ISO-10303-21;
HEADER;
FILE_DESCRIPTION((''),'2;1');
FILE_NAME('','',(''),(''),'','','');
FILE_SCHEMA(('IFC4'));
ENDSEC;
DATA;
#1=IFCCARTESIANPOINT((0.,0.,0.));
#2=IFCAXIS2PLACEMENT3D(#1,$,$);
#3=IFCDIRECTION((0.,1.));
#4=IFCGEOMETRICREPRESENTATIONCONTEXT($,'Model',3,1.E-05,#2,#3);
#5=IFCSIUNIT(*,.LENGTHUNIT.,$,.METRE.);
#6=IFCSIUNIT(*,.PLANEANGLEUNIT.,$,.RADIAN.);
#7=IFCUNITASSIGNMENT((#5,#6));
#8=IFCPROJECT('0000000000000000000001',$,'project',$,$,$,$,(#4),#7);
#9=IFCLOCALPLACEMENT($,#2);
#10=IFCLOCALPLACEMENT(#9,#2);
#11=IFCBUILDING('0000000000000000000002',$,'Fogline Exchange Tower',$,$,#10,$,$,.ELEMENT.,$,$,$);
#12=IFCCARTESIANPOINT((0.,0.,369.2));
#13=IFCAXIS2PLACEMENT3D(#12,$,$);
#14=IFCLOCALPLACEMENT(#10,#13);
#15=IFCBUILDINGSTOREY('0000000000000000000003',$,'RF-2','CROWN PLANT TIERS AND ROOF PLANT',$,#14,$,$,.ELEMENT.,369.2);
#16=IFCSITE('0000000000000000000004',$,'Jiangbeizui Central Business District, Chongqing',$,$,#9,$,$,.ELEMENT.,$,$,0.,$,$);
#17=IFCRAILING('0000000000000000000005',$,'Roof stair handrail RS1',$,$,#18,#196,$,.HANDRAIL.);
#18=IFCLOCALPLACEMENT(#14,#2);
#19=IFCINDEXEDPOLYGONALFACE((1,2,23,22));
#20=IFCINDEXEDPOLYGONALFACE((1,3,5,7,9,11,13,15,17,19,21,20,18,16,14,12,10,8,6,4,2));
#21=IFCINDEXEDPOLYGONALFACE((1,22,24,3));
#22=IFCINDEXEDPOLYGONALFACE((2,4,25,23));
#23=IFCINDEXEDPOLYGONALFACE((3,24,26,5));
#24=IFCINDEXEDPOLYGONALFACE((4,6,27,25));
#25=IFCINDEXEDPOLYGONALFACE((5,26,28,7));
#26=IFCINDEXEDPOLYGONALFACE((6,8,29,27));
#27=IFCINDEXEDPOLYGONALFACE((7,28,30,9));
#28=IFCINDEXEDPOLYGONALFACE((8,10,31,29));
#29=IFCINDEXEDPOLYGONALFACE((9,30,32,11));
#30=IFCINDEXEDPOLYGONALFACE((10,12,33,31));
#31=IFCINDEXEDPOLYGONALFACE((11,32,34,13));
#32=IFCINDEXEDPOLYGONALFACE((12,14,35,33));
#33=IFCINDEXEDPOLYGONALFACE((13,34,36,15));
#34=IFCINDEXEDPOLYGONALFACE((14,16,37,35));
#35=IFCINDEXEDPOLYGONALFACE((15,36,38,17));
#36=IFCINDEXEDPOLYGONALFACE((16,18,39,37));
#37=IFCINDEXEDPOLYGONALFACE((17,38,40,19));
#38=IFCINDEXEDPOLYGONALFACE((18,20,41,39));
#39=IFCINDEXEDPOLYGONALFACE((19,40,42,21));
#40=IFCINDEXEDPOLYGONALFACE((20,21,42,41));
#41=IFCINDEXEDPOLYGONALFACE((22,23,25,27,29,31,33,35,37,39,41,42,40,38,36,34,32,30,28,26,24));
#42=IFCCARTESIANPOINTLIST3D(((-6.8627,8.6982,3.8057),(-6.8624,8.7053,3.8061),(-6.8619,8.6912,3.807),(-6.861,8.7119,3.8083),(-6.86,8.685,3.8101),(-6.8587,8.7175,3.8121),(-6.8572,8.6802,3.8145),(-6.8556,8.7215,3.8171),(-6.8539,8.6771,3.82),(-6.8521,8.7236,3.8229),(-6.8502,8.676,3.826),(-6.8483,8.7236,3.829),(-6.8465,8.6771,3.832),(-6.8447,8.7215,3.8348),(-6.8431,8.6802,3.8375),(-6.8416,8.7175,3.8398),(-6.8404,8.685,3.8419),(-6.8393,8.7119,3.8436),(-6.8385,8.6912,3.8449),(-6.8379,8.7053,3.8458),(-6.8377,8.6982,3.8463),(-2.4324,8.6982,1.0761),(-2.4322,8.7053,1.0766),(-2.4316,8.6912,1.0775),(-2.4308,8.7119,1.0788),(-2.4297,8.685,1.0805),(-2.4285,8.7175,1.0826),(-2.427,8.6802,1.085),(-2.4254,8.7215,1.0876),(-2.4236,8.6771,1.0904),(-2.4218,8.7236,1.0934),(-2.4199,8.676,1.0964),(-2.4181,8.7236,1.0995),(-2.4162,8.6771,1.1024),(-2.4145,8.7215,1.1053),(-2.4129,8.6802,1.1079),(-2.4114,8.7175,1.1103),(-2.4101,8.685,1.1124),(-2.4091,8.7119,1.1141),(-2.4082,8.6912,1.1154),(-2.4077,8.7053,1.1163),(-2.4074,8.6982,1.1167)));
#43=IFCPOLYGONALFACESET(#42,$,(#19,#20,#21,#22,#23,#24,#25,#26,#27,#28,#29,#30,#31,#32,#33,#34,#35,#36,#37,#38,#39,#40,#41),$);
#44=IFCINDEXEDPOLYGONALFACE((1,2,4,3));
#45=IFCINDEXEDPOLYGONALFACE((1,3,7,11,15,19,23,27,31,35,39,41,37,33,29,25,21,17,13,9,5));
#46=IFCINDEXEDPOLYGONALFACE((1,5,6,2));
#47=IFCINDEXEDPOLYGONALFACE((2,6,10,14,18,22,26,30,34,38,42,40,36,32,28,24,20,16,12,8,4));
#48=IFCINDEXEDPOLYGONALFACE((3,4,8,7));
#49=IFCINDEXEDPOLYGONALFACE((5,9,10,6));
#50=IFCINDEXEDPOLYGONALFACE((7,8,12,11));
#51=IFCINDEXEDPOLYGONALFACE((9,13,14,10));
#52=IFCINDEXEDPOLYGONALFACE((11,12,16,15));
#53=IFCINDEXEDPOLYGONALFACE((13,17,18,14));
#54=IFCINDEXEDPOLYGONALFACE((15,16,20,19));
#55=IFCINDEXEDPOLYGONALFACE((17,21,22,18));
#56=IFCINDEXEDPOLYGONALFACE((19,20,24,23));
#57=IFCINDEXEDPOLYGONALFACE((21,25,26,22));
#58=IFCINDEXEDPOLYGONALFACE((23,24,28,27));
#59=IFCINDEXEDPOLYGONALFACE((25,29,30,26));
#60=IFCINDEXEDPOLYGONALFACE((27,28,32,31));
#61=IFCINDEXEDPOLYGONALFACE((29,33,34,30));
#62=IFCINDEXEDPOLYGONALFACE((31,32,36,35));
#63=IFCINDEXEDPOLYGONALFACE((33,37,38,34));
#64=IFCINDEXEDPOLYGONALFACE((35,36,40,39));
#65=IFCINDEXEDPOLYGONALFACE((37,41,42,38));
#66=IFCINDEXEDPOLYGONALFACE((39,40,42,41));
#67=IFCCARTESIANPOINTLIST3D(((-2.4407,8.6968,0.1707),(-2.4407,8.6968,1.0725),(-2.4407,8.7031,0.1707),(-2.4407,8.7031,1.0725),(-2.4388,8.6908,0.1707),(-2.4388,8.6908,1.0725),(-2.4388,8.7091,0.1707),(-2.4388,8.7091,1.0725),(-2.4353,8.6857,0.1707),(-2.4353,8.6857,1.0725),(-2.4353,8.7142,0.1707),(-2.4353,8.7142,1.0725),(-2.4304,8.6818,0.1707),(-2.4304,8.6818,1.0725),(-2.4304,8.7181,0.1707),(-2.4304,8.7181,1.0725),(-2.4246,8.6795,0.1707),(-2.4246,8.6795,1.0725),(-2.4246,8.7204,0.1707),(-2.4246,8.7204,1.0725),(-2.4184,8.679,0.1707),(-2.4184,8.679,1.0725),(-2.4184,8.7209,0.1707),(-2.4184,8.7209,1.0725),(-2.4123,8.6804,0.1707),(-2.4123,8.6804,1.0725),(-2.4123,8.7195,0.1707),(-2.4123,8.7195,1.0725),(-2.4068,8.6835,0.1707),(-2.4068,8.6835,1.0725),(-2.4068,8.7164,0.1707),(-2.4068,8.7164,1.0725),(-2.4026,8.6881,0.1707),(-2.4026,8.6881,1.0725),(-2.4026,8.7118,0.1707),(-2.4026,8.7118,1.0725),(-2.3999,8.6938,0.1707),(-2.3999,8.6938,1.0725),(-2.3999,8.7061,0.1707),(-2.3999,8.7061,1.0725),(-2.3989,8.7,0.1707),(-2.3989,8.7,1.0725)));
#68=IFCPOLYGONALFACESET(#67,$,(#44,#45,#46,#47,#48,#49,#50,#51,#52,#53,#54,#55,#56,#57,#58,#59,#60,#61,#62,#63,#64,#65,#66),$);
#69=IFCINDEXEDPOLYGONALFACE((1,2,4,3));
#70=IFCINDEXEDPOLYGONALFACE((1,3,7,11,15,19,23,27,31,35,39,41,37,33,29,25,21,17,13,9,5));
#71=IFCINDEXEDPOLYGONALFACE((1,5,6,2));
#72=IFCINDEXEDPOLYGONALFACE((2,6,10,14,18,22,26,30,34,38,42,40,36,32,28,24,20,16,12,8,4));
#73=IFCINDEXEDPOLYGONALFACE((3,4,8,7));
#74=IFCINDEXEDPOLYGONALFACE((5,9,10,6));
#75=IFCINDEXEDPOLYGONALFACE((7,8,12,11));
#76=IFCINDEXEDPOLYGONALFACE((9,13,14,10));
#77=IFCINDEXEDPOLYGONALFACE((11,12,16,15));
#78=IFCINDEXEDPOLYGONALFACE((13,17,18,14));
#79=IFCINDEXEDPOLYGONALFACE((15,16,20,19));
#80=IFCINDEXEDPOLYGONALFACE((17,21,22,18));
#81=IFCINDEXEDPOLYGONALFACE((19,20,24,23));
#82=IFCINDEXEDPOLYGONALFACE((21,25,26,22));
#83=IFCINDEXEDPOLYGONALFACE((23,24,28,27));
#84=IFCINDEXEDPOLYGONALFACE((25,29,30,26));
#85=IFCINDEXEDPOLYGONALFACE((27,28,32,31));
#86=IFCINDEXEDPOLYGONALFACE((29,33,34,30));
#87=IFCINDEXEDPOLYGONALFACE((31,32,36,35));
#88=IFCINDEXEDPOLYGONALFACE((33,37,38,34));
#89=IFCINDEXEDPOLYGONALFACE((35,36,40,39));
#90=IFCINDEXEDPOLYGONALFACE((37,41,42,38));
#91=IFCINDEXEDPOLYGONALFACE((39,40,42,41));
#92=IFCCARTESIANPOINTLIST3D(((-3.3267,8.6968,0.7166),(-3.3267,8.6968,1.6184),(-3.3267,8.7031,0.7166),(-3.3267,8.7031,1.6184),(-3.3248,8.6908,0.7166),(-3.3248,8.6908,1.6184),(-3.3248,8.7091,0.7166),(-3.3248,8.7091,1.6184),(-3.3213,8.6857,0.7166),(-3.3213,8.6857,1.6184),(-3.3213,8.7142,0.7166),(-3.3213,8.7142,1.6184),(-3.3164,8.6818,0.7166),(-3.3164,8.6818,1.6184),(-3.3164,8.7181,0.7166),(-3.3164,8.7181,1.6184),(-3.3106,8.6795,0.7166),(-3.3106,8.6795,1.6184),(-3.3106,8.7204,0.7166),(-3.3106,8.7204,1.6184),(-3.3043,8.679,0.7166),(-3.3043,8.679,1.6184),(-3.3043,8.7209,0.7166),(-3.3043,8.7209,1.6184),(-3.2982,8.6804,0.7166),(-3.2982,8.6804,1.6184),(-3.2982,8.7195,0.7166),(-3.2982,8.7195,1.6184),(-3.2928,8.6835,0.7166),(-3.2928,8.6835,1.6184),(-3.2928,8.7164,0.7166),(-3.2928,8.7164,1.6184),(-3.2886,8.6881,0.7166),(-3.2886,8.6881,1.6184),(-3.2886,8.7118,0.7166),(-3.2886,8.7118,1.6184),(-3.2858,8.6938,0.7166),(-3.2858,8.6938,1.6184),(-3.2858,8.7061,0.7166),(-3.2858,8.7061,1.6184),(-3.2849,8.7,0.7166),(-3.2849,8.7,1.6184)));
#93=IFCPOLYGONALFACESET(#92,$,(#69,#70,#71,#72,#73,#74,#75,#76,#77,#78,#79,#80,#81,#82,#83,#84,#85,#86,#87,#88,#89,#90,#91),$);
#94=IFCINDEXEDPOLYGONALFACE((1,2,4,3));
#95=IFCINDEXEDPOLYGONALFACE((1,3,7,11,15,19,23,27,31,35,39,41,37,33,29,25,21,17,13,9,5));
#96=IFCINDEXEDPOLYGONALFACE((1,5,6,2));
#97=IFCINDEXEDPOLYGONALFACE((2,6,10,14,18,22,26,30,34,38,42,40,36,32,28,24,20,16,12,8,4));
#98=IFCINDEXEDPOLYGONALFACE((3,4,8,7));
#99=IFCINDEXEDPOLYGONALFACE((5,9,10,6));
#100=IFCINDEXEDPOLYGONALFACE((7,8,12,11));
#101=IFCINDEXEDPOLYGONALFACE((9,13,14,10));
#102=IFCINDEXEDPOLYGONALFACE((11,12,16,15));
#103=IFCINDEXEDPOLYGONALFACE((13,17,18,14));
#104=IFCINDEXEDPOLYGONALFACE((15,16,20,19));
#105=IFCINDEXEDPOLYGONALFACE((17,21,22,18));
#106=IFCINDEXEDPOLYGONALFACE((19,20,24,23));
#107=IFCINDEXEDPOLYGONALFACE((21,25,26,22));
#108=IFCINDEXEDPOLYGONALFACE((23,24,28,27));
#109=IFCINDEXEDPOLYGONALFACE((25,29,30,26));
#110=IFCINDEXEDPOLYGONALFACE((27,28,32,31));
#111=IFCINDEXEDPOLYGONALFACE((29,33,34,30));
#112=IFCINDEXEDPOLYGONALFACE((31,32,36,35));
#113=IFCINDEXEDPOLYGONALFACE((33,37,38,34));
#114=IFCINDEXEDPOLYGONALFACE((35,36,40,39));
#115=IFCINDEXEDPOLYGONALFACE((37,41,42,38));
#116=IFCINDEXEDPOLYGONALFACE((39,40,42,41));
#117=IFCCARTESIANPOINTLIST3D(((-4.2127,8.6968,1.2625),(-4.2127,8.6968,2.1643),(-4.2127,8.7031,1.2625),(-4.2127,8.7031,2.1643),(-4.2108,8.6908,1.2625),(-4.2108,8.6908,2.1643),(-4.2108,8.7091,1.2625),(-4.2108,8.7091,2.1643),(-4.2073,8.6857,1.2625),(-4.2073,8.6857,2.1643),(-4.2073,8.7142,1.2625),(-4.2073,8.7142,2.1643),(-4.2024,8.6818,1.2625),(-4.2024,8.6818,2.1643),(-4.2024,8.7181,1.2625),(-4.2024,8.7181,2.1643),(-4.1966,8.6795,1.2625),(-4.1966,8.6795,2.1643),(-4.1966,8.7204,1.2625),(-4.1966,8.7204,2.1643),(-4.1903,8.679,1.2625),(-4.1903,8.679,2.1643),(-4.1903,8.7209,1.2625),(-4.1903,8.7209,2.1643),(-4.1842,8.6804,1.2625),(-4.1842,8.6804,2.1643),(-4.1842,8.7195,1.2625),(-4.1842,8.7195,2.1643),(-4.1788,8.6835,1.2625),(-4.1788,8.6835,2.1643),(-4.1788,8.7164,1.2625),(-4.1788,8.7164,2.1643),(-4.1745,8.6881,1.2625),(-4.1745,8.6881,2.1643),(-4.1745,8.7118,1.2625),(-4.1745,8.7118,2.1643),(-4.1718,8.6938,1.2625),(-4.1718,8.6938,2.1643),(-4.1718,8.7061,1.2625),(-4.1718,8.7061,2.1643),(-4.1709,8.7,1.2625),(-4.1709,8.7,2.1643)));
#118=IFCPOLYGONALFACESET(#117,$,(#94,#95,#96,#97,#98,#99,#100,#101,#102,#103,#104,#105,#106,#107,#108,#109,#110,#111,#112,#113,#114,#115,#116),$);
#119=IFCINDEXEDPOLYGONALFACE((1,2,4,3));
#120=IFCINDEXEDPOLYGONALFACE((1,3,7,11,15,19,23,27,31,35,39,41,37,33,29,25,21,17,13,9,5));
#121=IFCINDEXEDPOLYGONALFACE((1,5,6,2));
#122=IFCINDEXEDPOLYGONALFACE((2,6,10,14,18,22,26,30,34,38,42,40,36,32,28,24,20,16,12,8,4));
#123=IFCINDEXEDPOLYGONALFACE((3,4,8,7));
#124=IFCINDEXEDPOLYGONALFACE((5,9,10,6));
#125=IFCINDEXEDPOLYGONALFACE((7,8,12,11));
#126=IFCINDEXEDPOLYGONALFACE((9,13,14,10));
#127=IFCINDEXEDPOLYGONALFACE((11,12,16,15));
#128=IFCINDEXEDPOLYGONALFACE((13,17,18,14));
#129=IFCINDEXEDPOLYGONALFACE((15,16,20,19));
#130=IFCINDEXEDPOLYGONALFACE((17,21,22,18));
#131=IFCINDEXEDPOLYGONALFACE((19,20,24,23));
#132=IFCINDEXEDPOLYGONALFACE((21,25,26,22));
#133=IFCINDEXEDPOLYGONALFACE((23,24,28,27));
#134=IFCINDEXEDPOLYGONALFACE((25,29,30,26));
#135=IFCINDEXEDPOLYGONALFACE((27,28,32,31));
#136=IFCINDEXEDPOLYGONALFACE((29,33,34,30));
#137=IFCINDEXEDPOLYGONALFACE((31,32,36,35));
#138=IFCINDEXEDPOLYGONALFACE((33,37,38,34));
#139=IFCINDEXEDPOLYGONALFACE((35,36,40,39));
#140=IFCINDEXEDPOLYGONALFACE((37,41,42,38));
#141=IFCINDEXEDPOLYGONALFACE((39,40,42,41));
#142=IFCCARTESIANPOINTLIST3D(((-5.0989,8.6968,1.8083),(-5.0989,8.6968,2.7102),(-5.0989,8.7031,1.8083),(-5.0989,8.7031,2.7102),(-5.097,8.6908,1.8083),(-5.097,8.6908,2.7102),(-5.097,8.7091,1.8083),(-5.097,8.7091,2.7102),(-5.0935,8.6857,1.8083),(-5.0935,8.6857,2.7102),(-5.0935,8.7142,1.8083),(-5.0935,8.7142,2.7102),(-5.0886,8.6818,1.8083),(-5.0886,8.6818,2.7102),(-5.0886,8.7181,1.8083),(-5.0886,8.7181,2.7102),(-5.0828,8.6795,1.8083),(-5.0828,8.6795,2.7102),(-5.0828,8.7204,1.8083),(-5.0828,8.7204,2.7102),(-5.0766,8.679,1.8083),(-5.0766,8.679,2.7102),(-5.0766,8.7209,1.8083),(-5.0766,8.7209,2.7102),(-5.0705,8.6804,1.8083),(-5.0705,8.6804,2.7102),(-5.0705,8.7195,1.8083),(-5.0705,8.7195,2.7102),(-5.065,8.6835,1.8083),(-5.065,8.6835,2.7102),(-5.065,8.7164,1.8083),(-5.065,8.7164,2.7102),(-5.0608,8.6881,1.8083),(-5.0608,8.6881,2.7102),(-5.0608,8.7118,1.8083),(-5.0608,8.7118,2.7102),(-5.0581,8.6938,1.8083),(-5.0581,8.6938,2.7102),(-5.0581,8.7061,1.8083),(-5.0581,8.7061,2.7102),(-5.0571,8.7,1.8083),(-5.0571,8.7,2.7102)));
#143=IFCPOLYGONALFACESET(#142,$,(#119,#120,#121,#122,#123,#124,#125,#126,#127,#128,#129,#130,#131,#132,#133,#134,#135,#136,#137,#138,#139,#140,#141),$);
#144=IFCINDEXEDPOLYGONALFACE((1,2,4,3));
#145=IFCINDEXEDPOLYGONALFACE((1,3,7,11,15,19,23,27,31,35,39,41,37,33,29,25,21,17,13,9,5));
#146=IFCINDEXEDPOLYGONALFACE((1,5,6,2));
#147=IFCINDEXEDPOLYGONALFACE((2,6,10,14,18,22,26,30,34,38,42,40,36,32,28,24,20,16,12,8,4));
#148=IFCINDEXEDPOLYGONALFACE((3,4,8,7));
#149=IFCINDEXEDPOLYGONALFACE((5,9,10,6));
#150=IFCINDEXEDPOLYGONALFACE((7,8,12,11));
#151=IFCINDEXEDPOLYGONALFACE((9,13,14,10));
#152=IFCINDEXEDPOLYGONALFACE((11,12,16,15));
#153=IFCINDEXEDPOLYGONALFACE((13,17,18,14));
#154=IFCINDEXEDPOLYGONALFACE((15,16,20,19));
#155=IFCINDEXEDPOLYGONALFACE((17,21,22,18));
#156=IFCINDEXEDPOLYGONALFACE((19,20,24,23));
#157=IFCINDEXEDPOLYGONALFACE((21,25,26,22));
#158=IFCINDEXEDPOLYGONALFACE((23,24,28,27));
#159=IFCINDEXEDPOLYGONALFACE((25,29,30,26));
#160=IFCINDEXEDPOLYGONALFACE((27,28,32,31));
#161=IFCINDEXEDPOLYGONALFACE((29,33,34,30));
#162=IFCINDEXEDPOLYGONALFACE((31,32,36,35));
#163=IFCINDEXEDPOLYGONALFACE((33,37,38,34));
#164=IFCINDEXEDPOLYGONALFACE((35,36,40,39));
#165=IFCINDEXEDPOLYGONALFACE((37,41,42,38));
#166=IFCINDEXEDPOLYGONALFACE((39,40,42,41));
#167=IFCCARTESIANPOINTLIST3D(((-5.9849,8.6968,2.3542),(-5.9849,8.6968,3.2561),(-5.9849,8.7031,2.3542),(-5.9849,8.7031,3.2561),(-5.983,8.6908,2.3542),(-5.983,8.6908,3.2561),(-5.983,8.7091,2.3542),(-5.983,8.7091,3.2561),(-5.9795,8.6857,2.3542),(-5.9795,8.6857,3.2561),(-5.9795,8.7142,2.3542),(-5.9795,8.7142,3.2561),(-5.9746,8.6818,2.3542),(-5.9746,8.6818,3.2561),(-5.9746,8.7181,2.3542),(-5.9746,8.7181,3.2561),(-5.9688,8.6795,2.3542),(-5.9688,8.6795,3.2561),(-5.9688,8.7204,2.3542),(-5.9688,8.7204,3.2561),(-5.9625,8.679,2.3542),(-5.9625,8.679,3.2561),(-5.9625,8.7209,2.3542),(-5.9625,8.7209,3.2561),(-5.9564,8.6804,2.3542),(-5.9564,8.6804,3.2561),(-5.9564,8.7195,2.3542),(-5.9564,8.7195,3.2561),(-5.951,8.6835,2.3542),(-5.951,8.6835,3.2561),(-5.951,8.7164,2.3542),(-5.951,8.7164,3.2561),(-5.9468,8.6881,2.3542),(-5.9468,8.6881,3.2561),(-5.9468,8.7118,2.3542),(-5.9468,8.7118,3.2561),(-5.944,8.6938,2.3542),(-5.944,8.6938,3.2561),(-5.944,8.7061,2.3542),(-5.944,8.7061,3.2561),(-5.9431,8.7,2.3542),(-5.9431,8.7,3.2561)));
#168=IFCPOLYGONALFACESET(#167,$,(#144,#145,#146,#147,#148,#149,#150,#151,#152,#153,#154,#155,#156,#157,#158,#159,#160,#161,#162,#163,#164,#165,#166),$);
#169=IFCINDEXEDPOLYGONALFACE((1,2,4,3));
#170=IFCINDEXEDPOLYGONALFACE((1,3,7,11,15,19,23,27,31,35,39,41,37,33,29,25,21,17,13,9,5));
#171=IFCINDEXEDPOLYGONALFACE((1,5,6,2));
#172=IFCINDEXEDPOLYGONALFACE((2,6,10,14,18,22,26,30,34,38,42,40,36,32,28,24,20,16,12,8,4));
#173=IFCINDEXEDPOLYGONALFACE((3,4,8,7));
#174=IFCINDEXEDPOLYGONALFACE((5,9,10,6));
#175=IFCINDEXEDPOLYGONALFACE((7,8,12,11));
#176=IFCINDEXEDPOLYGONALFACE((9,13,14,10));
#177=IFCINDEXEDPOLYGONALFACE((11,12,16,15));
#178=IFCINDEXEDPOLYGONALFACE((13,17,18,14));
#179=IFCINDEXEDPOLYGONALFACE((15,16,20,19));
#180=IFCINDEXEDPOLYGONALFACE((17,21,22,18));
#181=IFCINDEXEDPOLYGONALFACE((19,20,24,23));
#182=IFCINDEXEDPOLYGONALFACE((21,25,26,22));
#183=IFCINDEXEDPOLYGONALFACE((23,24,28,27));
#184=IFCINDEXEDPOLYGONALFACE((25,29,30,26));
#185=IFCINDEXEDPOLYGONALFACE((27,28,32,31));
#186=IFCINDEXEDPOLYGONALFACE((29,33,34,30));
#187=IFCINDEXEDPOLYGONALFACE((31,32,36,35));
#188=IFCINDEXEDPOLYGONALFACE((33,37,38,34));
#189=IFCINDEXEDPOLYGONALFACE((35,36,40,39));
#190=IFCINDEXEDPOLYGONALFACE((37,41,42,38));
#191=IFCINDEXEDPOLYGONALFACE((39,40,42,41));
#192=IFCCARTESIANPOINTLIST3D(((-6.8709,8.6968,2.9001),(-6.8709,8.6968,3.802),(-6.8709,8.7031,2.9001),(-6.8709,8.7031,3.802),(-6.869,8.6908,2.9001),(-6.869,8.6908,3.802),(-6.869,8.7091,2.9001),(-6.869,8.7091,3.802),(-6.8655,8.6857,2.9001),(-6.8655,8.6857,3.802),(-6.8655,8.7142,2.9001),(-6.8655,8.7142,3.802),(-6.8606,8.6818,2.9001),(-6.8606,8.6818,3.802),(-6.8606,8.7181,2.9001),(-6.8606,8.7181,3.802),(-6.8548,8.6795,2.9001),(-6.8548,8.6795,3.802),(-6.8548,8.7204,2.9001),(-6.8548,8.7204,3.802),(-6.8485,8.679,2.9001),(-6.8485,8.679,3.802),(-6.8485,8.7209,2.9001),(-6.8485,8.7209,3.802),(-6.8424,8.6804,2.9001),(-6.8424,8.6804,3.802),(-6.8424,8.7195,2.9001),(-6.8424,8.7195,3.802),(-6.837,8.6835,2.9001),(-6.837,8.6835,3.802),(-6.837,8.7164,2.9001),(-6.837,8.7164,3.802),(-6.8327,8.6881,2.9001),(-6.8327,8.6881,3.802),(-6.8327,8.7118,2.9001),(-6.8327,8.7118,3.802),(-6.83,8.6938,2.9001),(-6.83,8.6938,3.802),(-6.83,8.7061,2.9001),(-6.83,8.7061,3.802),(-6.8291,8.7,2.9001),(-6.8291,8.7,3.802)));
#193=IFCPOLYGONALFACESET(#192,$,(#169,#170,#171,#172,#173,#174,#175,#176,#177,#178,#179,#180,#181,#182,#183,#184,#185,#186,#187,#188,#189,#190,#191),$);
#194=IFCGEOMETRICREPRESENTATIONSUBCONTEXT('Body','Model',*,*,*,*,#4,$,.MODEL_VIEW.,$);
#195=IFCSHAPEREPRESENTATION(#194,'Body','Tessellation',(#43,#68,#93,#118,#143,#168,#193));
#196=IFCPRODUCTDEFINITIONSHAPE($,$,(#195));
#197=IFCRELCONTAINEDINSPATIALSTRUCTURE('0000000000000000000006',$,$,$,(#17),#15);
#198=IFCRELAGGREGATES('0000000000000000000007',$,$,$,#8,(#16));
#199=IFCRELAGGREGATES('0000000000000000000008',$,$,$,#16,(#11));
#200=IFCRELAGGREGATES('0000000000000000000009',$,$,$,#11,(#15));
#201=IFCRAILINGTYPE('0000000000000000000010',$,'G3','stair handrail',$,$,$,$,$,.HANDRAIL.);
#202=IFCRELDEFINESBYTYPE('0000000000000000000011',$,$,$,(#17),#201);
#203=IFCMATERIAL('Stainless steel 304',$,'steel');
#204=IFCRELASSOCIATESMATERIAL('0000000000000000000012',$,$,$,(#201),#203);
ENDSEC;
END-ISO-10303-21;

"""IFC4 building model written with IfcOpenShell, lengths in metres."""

from ifc_helpers import new_model, si_unit, direction, frame, origin, origin_2d, place, context, subcontext, project, spatial, circle, extrude, material, type_object, element, save


model = new_model("IFC4")

# Units and contexts
model_context = context("Model", 3, precision=1e-05, world=origin(), true_north=direction((0.0, 1.0)))
body_context = subcontext(model_context, "Body", "Model", "MODEL_VIEW")
ifc_project = project(units=[si_unit("LENGTHUNIT", "METRE"), si_unit("PLANEANGLEUNIT", "RADIAN")], contexts=[model_context])

# Site, building, storey
site_placement = place(None, origin())
site = spatial("IfcSite", under=ifc_project, at=site_placement, Name="Jiangbeizui Central Business District, Chongqing", CompositionType="ELEMENT", RefElevation=0.0)
building_placement = place(site_placement, origin())
building = spatial("IfcBuilding", under=site, at=building_placement, Name="Fogline Exchange Tower", CompositionType="ELEMENT")
storey_placement = place(building_placement, frame((0.0, 0.0, 369.2)))
storey = spatial("IfcBuildingStorey", under=building, at=storey_placement, Name="RF-2", Description="CROWN PLANT TIERS AND ROOF PLANT", CompositionType="ELEMENT", Elevation=369.2)

# Railing
ifc_material_1 = material(Name="Stainless steel 304", Category="steel")
railing_type_1 = type_object("IfcRailingType", Name="G3", Description="stair handrail", PredefinedType="HANDRAIL", material=ifc_material_1)
railing_1_placement = place(storey_placement, frame((-2.4199, 8.7, 0.1707)))
element("IfcRailing", 1, at=railing_1_placement, inside=storey, type_object=railing_type_1, Name="Roof stair handrail RS1", PredefinedType="HANDRAIL", context=body_context, shape_type="SweptSolid", body=[
    extrude(circle(Radius=0.0239, at=origin_2d()), frame((0.0, 0.0, 0.9258), z_axis=(-0.851381, 0.0, 0.524548), x_axis=(0.0, -1.0, 0.0)), (0.0, 0.0, 1.0), 5.2036),
    extrude(circle(Radius=0.021, at=origin_2d()), origin(), (0.0, 0.0, 1.0), 0.9019),
    extrude(circle(Radius=0.021, at=origin_2d()), frame((-0.886, 0.0, 0.5459)), (0.0, 0.0, 1.0), 0.9019),
    extrude(circle(Radius=0.021, at=origin_2d()), frame((-1.772, 0.0, 1.0918)), (0.0, 0.0, 1.0), 0.9019),
    extrude(circle(Radius=0.021, at=origin_2d()), frame((-2.6582, 0.0, 1.6377)), (0.0, 0.0, 1.0), 0.9019),
    extrude(circle(Radius=0.021, at=origin_2d()), frame((-3.5442, 0.0, 2.1836)), (0.0, 0.0, 1.0), 0.9019),
    extrude(circle(Radius=0.021, at=origin_2d()), frame((-4.4302, 0.0, 2.7295)), (0.0, 0.0, 1.0), 0.9019),
])

save(model, "model.ifc")
